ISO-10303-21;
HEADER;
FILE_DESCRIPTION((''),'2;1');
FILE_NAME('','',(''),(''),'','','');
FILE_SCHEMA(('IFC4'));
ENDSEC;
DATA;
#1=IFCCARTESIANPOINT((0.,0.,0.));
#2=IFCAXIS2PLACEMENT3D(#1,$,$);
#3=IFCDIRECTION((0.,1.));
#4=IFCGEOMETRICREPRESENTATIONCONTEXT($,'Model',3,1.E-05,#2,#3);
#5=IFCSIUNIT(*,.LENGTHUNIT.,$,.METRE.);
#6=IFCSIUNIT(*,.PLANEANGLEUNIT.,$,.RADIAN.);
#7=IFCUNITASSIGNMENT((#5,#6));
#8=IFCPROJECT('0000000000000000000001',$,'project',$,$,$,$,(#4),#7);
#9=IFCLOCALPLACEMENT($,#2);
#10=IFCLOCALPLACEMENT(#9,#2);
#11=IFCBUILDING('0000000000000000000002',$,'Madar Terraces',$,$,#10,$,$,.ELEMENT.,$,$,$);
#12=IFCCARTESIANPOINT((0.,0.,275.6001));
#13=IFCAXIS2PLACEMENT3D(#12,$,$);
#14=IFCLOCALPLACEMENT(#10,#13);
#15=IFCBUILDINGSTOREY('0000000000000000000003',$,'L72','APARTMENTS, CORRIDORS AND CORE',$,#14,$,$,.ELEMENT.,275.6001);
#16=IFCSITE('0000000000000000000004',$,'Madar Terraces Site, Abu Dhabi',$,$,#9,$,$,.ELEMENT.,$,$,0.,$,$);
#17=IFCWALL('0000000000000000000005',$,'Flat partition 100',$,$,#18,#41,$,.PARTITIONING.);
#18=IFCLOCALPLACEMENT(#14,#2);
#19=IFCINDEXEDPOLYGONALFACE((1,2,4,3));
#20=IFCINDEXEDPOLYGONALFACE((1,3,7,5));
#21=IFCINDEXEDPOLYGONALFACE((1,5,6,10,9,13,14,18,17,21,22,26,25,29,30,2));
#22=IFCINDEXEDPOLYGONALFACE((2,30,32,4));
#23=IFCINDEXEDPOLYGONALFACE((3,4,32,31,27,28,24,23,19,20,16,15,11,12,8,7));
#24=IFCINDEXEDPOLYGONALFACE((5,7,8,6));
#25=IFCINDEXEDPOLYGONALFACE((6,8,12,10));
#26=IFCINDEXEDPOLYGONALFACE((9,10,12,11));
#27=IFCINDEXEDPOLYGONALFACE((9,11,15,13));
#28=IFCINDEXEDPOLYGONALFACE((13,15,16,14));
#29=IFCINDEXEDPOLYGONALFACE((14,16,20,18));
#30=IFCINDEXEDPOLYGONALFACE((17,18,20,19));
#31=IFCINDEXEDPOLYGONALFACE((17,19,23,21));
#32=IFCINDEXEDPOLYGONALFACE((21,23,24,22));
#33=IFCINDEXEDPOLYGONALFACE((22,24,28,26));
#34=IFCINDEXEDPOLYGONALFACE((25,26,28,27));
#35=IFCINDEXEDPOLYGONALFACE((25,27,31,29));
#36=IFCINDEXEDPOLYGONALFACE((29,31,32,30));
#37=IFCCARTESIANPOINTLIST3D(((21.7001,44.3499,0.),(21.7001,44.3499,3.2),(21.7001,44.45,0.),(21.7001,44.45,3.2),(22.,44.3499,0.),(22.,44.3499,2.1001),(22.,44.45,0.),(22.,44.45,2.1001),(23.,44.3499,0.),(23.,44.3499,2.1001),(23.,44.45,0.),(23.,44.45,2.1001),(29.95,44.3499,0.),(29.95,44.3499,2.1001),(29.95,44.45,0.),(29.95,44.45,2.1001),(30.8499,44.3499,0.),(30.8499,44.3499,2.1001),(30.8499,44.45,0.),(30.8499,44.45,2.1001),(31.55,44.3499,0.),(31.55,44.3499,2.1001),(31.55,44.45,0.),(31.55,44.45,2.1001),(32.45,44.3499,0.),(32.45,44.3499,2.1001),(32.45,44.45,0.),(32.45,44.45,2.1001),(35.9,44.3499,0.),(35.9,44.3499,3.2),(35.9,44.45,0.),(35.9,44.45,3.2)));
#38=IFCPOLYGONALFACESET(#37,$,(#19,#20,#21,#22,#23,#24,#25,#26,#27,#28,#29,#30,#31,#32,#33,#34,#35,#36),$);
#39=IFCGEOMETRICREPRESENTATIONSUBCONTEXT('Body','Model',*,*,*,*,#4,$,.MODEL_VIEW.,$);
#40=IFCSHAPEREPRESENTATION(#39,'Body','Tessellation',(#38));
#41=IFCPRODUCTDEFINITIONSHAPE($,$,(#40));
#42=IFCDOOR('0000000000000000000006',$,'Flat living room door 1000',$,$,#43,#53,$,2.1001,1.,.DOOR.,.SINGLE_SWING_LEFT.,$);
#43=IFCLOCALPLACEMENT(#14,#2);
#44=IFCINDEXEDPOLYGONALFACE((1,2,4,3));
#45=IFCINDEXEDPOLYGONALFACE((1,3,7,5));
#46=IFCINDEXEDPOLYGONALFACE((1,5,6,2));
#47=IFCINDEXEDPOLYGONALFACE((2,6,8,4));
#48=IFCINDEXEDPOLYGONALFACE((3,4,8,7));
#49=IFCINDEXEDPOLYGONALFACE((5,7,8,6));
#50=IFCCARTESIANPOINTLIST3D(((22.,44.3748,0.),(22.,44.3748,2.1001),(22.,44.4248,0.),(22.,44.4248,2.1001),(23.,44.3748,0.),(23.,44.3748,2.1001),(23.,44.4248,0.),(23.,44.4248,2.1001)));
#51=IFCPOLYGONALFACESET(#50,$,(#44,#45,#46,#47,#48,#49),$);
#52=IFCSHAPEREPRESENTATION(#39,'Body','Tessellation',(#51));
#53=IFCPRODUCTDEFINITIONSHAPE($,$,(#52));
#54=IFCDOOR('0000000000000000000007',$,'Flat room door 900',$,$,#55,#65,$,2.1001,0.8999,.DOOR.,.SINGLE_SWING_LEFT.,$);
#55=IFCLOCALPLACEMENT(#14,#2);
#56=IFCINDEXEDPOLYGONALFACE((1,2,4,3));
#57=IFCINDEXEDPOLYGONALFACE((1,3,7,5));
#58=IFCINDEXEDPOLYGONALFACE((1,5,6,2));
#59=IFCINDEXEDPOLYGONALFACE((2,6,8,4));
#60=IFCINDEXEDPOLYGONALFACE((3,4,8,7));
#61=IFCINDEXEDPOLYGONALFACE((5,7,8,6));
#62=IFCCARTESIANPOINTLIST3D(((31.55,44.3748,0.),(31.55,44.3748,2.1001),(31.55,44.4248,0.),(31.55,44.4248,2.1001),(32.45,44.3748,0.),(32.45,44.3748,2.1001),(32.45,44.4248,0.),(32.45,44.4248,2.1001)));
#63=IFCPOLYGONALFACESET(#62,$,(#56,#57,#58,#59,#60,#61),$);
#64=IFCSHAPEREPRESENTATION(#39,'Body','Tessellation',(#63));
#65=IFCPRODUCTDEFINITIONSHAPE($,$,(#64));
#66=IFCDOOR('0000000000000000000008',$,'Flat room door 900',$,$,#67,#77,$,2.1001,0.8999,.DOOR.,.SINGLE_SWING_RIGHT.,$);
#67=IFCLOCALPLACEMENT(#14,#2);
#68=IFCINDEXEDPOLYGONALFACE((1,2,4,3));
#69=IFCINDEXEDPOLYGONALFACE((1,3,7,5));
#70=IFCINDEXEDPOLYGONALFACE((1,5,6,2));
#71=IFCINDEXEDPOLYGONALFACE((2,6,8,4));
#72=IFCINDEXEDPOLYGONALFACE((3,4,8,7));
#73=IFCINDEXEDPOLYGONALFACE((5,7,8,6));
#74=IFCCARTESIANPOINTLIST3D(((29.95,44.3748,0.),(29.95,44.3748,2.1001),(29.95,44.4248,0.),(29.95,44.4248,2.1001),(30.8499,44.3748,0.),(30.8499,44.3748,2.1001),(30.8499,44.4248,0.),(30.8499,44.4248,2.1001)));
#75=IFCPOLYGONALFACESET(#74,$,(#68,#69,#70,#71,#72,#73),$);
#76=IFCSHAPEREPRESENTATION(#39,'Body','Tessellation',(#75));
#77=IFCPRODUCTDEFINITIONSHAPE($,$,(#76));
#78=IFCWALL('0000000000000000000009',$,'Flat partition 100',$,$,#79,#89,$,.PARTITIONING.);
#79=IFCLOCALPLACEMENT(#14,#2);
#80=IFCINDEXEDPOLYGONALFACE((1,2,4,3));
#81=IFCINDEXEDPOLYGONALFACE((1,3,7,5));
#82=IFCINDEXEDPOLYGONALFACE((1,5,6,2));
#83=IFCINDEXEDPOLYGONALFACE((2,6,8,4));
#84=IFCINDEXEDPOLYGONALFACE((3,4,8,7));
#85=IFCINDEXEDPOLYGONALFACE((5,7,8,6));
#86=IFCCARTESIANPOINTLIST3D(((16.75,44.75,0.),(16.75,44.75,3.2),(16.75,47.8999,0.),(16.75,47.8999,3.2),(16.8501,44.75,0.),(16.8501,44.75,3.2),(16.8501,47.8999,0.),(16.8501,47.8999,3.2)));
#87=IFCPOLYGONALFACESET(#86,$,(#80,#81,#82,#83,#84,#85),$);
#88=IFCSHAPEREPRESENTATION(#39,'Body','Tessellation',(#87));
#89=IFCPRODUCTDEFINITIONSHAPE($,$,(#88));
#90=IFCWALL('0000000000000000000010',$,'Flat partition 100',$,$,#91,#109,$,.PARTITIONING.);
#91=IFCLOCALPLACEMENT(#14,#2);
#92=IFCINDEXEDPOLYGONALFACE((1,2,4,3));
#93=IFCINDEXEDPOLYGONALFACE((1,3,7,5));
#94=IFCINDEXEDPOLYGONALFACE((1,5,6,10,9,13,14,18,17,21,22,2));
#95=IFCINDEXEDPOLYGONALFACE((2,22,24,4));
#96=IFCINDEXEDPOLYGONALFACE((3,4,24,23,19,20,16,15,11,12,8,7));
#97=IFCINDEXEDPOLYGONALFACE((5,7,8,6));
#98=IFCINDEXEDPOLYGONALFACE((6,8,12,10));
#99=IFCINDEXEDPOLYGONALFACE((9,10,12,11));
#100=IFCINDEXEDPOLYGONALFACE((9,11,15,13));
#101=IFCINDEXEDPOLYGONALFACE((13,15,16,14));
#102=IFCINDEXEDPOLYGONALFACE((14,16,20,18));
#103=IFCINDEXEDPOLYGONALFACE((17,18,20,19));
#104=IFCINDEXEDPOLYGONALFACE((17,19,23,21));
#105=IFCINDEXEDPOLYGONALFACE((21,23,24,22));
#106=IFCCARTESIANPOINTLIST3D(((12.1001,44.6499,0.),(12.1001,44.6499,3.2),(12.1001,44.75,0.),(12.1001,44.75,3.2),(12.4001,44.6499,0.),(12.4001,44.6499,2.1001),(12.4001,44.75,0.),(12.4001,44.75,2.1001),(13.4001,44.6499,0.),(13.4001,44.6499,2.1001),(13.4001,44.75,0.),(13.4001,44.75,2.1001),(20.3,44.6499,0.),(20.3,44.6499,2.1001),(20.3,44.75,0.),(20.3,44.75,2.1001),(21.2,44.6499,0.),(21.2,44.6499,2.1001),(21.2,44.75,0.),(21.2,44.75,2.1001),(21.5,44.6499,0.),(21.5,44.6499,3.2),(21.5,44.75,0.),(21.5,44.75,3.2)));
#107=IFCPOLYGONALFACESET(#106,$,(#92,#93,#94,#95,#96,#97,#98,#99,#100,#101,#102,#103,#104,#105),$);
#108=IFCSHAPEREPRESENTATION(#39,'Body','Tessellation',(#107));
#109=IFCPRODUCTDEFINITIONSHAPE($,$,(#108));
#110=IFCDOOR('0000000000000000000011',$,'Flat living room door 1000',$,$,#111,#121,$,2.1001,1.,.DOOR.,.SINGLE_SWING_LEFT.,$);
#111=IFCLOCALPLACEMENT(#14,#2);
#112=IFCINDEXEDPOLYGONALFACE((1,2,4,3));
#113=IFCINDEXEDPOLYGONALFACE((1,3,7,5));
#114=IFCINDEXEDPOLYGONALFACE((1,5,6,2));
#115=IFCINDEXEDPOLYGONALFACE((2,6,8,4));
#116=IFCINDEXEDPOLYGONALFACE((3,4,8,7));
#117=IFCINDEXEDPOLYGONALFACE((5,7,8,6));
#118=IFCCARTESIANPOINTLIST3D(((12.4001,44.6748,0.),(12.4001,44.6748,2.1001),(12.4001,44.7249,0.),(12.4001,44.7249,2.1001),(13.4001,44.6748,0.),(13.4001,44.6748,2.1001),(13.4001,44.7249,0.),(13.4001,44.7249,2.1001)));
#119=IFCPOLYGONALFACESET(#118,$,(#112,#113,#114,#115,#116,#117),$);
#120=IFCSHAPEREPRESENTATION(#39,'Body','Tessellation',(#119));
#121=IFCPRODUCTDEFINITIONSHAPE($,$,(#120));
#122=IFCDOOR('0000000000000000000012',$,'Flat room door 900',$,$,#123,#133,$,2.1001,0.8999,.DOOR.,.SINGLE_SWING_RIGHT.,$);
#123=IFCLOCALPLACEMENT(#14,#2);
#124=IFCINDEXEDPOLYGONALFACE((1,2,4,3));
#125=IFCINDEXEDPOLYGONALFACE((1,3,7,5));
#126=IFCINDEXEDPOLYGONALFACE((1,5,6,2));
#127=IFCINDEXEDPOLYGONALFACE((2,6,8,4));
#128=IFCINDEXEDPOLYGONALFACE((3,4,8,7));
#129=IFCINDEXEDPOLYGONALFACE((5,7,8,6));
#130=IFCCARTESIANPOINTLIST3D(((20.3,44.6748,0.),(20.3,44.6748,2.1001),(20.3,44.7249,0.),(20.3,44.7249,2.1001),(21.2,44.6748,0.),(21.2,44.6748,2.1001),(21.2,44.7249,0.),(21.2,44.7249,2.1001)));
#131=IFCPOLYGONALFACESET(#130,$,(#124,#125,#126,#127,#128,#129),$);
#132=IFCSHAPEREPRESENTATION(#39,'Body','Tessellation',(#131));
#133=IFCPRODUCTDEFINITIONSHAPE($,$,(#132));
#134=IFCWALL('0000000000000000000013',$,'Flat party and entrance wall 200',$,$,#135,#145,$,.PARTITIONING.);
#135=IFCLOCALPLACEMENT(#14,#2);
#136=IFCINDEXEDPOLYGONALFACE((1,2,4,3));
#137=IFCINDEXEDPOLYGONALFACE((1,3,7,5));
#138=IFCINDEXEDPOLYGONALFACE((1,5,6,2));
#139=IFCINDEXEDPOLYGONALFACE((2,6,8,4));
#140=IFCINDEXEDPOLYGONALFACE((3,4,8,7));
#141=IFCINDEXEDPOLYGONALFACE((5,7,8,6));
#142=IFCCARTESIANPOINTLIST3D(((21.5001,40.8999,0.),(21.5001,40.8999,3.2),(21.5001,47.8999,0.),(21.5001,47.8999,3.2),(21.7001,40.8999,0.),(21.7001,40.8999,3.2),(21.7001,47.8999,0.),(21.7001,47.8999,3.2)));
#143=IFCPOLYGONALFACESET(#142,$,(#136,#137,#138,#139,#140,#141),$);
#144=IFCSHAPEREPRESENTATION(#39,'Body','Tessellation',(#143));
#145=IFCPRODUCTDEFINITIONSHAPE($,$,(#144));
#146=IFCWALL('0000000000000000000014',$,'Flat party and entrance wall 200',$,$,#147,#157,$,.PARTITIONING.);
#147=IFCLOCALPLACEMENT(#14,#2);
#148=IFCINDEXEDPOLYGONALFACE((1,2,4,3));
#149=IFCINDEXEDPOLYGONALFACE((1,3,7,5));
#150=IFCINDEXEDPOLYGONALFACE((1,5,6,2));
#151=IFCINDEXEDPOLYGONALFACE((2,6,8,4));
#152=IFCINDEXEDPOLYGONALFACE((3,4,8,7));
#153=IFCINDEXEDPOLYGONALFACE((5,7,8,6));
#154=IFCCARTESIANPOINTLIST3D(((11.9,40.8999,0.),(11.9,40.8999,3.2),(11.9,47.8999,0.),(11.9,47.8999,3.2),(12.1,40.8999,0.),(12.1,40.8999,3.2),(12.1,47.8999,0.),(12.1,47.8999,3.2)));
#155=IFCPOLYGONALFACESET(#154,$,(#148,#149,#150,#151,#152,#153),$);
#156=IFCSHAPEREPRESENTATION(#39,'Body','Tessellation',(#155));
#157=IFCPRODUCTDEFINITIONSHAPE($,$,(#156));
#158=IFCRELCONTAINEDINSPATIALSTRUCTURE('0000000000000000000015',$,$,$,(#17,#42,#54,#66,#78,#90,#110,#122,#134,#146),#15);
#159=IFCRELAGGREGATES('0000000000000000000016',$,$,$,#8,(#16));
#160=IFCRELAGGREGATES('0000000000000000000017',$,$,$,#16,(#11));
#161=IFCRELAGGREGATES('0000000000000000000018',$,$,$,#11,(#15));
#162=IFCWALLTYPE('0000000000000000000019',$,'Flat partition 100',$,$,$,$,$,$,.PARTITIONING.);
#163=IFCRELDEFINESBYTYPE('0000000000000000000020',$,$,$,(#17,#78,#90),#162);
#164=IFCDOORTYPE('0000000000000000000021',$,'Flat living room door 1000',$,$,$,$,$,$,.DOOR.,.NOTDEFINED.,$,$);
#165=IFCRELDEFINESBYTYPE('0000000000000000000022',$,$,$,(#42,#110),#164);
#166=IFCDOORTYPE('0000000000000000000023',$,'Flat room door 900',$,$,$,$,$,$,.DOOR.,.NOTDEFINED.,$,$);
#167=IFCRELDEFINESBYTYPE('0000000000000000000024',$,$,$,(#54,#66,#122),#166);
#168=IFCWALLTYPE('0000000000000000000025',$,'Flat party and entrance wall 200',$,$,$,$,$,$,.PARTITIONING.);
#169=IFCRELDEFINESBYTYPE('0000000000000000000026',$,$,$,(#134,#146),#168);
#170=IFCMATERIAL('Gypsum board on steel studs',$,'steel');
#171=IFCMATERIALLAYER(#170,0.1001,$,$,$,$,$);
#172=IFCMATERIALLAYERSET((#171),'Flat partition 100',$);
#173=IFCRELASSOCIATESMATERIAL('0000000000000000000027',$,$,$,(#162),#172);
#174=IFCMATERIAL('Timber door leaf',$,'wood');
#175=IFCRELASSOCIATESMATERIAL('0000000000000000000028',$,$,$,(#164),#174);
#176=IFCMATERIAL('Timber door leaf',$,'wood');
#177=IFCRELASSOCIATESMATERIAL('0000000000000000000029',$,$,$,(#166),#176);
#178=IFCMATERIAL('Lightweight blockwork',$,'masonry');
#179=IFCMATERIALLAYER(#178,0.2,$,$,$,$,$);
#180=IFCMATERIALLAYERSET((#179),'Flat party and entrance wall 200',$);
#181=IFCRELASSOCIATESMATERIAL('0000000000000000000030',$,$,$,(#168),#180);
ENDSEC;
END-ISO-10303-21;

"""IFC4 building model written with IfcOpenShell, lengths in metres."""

from ifc_helpers import new_model, si_unit, direction, frame, frame_2d, origin, place, context, subcontext, project, spatial, rectangle, extrude, material, layer, layer_set, type_object, element, fill, save


model = new_model("IFC4")

# Units and contexts
model_context = context("Model", 3, precision=1e-05, world=origin(), true_north=direction((0.0, 1.0)))
body_context = subcontext(model_context, "Body", "Model", "MODEL_VIEW")
ifc_project = project(units=[si_unit("LENGTHUNIT", "METRE"), si_unit("PLANEANGLEUNIT", "RADIAN")], contexts=[model_context])

# Site, building, storey
site_placement = place(None, origin())
site = spatial("IfcSite", under=ifc_project, at=site_placement, Name="Madar Terraces Site, Abu Dhabi", CompositionType="ELEMENT", RefElevation=0.0)
building_placement = place(site_placement, origin())
building = spatial("IfcBuilding", under=site, at=building_placement, Name="Madar Terraces", CompositionType="ELEMENT")
storey_placement = place(building_placement, frame((0.0, 0.0, 275.6001)))
storey = spatial("IfcBuildingStorey", under=building, at=storey_placement, Name="L72", Description="APARTMENTS, CORRIDORS AND CORE", CompositionType="ELEMENT", Elevation=275.6001)

# Shared definitions
ifc_material_1 = material(Name="Gypsum board on steel studs", Category="steel")
ifc_layer_1 = layer(ifc_material_1, 0.1001)
ifc_layer_set_1 = layer_set([ifc_layer_1], Name="Flat partition 100")
wall_type_1 = type_object("IfcWallType", Name="Flat partition 100", PredefinedType="PARTITIONING", material=ifc_layer_set_1)

# Wall, openings, doors
wall_1_placement = place(storey_placement, frame((21.7, 44.3999, 0.0), z_axis=(0.0, 0.0, 1.0), x_axis=(1.0, 0.0, 0.0)))
wall_1 = element("IfcWall", 1, at=wall_1_placement, inside=storey, type_object=wall_type_1, Name="Flat partition 100", PredefinedType="PARTITIONING", context=body_context, shape_type="SweptSolid", body=[
    extrude(rectangle(XDim=14.2, YDim=0.1001, at=frame_2d((7.1001, 0.0))), origin(), (0.0, 0.0, 1.0), 3.2),
])
opening_1_placement = place(wall_1_placement, frame((9.8501, 0.0, 0.0)))
opening_1 = element("IfcOpeningElement", 2, at=opening_1_placement, cuts=wall_1, PredefinedType="OPENING", context=body_context, shape_type="SweptSolid", body=[
    extrude(rectangle(XDim=0.8999, YDim=2.1001, at=frame_2d((0.45, 1.05))), frame((0.0, 0.0601, 0.0), z_axis=(0.0, -1.0, 0.0), x_axis=(1.0, 0.0, 0.0)), (0.0, 0.0, 1.0), 0.1201),
])
opening_2_placement = place(wall_1_placement, frame((8.25, 0.0, 0.0)))
opening_2 = element("IfcOpeningElement", 3, at=opening_2_placement, cuts=wall_1, PredefinedType="OPENING", context=body_context, shape_type="SweptSolid", body=[
    extrude(rectangle(XDim=0.8999, YDim=2.1001, at=frame_2d((0.45, 1.05))), frame((0.0, 0.0601, 0.0), z_axis=(0.0, -1.0, 0.0), x_axis=(1.0, 0.0, 0.0)), (0.0, 0.0, 1.0), 0.1201),
])
opening_3_placement = place(wall_1_placement, frame((0.3, 0.0, 0.0)))
opening_3 = element("IfcOpeningElement", 4, at=opening_3_placement, cuts=wall_1, PredefinedType="OPENING", context=body_context, shape_type="SweptSolid", body=[
    extrude(rectangle(XDim=1.0, YDim=2.1001, at=frame_2d((0.5, 1.05))), frame((0.0, 0.0601, 0.0), z_axis=(0.0, -1.0, 0.0), x_axis=(1.0, 0.0, 0.0)), (0.0, 0.0, 1.0), 0.1201),
])
ifc_material_2 = material(Name="Timber door leaf", Category="wood")
door_type_1 = type_object("IfcDoorType", Name="Flat living room door 1000", OperationType="NOTDEFINED", PredefinedType="DOOR", material=ifc_material_2)
door_1_placement = place(opening_3_placement, origin())
door_1 = element("IfcDoor", 5, at=door_1_placement, inside=storey, type_object=door_type_1, Name="Flat living room door 1000", OperationType="SINGLE_SWING_LEFT", OverallHeight=2.1001, OverallWidth=1.0, PredefinedType="DOOR", context=body_context, shape_type="SweptSolid", body=[
    extrude(rectangle(XDim=1.0, YDim=2.1001, at=frame_2d((0.5, 1.05))), frame((0.0, 0.0249, 0.0), z_axis=(0.0, -1.0, 0.0), x_axis=(1.0, 0.0, 0.0)), (0.0, 0.0, 1.0), 0.05),
])
fill(opening_3, door_1)
ifc_material_3 = material(Name="Timber door leaf", Category="wood")
door_type_2 = type_object("IfcDoorType", Name="Flat room door 900", OperationType="NOTDEFINED", PredefinedType="DOOR", material=ifc_material_3)
door_2_placement = place(opening_1_placement, origin())
door_2 = element("IfcDoor", 6, at=door_2_placement, inside=storey, type_object=door_type_2, Name="Flat room door 900", OperationType="SINGLE_SWING_LEFT", OverallHeight=2.1001, OverallWidth=0.8999, PredefinedType="DOOR", context=body_context, shape_type="SweptSolid", body=[
    extrude(rectangle(XDim=0.8999, YDim=2.1001, at=frame_2d((0.45, 1.05))), frame((0.0, 0.0249, 0.0), z_axis=(0.0, -1.0, 0.0), x_axis=(1.0, 0.0, 0.0)), (0.0, 0.0, 1.0), 0.05),
])
fill(opening_1, door_2)
door_3_placement = place(opening_2_placement, origin())
door_3 = element("IfcDoor", 7, at=door_3_placement, inside=storey, type_object=door_type_2, Name="Flat room door 900", OperationType="SINGLE_SWING_RIGHT", OverallHeight=2.1001, OverallWidth=0.8999, PredefinedType="DOOR", context=body_context, shape_type="SweptSolid", body=[
    extrude(rectangle(XDim=0.8999, YDim=2.1001, at=frame_2d((0.45, 1.05))), frame((0.0, 0.0249, 0.0), z_axis=(0.0, -1.0, 0.0), x_axis=(1.0, 0.0, 0.0)), (0.0, 0.0, 1.0), 0.05),
])
fill(opening_2, door_3)

# Wall
wall_2_placement = place(storey_placement, frame((16.8, 44.75, 0.0), z_axis=(0.0, 0.0, 1.0), x_axis=(0.0, 1.0, 0.0)))
element("IfcWall", 8, at=wall_2_placement, inside=storey, type_object=wall_type_1, Name="Flat partition 100", PredefinedType="PARTITIONING", context=body_context, shape_type="SweptSolid", body=[
    extrude(rectangle(XDim=3.1499, YDim=0.1001, at=frame_2d((1.575, 0.0))), origin(), (0.0, 0.0, 1.0), 3.2),
])

# Wall, openings, doors
wall_3_placement = place(storey_placement, frame((12.1001, 44.7, 0.0), z_axis=(0.0, 0.0, 1.0), x_axis=(1.0, 0.0, 0.0)))
wall_3 = element("IfcWall", 9, at=wall_3_placement, inside=storey, type_object=wall_type_1, Name="Flat partition 100", PredefinedType="PARTITIONING", context=body_context, shape_type="SweptSolid", body=[
    extrude(rectangle(XDim=9.3999, YDim=0.1001, at=frame_2d((4.7, 0.0))), origin(), (0.0, 0.0, 1.0), 3.2),
])
opening_4_placement = place(wall_3_placement, frame((0.3, 0.0, 0.0)))
opening_4 = element("IfcOpeningElement", 10, at=opening_4_placement, cuts=wall_3, PredefinedType="OPENING", context=body_context, shape_type="SweptSolid", body=[
    extrude(rectangle(XDim=1.0, YDim=2.1001, at=frame_2d((0.5, 1.05))), frame((0.0, 0.0601, 0.0), z_axis=(0.0, -1.0, 0.0), x_axis=(1.0, 0.0, 0.0)), (0.0, 0.0, 1.0), 0.1201),
])
opening_5_placement = place(wall_3_placement, frame((8.2, 0.0, 0.0)))
opening_5 = element("IfcOpeningElement", 11, at=opening_5_placement, cuts=wall_3, PredefinedType="OPENING", context=body_context, shape_type="SweptSolid", body=[
    extrude(rectangle(XDim=0.8999, YDim=2.1001, at=frame_2d((0.45, 1.05))), frame((0.0, 0.0601, 0.0), z_axis=(0.0, -1.0, 0.0), x_axis=(1.0, 0.0, 0.0)), (0.0, 0.0, 1.0), 0.1201),
])
door_4_placement = place(opening_4_placement, origin())
door_4 = element("IfcDoor", 12, at=door_4_placement, inside=storey, type_object=door_type_1, Name="Flat living room door 1000", OperationType="SINGLE_SWING_LEFT", OverallHeight=2.1001, OverallWidth=1.0, PredefinedType="DOOR", context=body_context, shape_type="SweptSolid", body=[
    extrude(rectangle(XDim=1.0, YDim=2.1001, at=frame_2d((0.5, 1.05))), frame((0.0, 0.0249, 0.0), z_axis=(0.0, -1.0, 0.0), x_axis=(1.0, 0.0, 0.0)), (0.0, 0.0, 1.0), 0.05),
])
fill(opening_4, door_4)
door_5_placement = place(opening_5_placement, origin())
door_5 = element("IfcDoor", 13, at=door_5_placement, inside=storey, type_object=door_type_2, Name="Flat room door 900", OperationType="SINGLE_SWING_RIGHT", OverallHeight=2.1001, OverallWidth=0.8999, PredefinedType="DOOR", context=body_context, shape_type="SweptSolid", body=[
    extrude(rectangle(XDim=0.8999, YDim=2.1001, at=frame_2d((0.45, 1.05))), frame((0.0, 0.0249, 0.0), z_axis=(0.0, -1.0, 0.0), x_axis=(1.0, 0.0, 0.0)), (0.0, 0.0, 1.0), 0.05),
])
fill(opening_5, door_5)

# Walls
ifc_material_4 = material(Name="Lightweight blockwork", Category="masonry")
ifc_layer_2 = layer(ifc_material_4, 0.2)
ifc_layer_set_2 = layer_set([ifc_layer_2], Name="Flat party and entrance wall 200")
wall_type_2 = type_object("IfcWallType", Name="Flat party and entrance wall 200", PredefinedType="PARTITIONING", material=ifc_layer_set_2)
for number, where, z_axis, x_axis, name in (
    (14, (21.6001, 47.8999, 0.0), (0.0, 0.0, 1.0), (0.0, -1.0, 0.0), "Flat party and entrance wall 200"),
    (15, (12.0, 47.8999, 0.0), (0.0, 0.0, 1.0), (0.0, -1.0, 0.0), "Flat party and entrance wall 200"),
):
    element("IfcWall", number, at=place(storey_placement, frame(where, z_axis=z_axis, x_axis=x_axis)), inside=storey, type_object=wall_type_2, Name=name, PredefinedType="PARTITIONING", context=body_context, shape_type="SweptSolid", body=[
        extrude(rectangle(XDim=7.0, YDim=0.2, at=frame_2d((3.5, 0.0))), origin(), (0.0, 0.0, 1.0), 3.2),
    ])

save(model, "model.ifc")
